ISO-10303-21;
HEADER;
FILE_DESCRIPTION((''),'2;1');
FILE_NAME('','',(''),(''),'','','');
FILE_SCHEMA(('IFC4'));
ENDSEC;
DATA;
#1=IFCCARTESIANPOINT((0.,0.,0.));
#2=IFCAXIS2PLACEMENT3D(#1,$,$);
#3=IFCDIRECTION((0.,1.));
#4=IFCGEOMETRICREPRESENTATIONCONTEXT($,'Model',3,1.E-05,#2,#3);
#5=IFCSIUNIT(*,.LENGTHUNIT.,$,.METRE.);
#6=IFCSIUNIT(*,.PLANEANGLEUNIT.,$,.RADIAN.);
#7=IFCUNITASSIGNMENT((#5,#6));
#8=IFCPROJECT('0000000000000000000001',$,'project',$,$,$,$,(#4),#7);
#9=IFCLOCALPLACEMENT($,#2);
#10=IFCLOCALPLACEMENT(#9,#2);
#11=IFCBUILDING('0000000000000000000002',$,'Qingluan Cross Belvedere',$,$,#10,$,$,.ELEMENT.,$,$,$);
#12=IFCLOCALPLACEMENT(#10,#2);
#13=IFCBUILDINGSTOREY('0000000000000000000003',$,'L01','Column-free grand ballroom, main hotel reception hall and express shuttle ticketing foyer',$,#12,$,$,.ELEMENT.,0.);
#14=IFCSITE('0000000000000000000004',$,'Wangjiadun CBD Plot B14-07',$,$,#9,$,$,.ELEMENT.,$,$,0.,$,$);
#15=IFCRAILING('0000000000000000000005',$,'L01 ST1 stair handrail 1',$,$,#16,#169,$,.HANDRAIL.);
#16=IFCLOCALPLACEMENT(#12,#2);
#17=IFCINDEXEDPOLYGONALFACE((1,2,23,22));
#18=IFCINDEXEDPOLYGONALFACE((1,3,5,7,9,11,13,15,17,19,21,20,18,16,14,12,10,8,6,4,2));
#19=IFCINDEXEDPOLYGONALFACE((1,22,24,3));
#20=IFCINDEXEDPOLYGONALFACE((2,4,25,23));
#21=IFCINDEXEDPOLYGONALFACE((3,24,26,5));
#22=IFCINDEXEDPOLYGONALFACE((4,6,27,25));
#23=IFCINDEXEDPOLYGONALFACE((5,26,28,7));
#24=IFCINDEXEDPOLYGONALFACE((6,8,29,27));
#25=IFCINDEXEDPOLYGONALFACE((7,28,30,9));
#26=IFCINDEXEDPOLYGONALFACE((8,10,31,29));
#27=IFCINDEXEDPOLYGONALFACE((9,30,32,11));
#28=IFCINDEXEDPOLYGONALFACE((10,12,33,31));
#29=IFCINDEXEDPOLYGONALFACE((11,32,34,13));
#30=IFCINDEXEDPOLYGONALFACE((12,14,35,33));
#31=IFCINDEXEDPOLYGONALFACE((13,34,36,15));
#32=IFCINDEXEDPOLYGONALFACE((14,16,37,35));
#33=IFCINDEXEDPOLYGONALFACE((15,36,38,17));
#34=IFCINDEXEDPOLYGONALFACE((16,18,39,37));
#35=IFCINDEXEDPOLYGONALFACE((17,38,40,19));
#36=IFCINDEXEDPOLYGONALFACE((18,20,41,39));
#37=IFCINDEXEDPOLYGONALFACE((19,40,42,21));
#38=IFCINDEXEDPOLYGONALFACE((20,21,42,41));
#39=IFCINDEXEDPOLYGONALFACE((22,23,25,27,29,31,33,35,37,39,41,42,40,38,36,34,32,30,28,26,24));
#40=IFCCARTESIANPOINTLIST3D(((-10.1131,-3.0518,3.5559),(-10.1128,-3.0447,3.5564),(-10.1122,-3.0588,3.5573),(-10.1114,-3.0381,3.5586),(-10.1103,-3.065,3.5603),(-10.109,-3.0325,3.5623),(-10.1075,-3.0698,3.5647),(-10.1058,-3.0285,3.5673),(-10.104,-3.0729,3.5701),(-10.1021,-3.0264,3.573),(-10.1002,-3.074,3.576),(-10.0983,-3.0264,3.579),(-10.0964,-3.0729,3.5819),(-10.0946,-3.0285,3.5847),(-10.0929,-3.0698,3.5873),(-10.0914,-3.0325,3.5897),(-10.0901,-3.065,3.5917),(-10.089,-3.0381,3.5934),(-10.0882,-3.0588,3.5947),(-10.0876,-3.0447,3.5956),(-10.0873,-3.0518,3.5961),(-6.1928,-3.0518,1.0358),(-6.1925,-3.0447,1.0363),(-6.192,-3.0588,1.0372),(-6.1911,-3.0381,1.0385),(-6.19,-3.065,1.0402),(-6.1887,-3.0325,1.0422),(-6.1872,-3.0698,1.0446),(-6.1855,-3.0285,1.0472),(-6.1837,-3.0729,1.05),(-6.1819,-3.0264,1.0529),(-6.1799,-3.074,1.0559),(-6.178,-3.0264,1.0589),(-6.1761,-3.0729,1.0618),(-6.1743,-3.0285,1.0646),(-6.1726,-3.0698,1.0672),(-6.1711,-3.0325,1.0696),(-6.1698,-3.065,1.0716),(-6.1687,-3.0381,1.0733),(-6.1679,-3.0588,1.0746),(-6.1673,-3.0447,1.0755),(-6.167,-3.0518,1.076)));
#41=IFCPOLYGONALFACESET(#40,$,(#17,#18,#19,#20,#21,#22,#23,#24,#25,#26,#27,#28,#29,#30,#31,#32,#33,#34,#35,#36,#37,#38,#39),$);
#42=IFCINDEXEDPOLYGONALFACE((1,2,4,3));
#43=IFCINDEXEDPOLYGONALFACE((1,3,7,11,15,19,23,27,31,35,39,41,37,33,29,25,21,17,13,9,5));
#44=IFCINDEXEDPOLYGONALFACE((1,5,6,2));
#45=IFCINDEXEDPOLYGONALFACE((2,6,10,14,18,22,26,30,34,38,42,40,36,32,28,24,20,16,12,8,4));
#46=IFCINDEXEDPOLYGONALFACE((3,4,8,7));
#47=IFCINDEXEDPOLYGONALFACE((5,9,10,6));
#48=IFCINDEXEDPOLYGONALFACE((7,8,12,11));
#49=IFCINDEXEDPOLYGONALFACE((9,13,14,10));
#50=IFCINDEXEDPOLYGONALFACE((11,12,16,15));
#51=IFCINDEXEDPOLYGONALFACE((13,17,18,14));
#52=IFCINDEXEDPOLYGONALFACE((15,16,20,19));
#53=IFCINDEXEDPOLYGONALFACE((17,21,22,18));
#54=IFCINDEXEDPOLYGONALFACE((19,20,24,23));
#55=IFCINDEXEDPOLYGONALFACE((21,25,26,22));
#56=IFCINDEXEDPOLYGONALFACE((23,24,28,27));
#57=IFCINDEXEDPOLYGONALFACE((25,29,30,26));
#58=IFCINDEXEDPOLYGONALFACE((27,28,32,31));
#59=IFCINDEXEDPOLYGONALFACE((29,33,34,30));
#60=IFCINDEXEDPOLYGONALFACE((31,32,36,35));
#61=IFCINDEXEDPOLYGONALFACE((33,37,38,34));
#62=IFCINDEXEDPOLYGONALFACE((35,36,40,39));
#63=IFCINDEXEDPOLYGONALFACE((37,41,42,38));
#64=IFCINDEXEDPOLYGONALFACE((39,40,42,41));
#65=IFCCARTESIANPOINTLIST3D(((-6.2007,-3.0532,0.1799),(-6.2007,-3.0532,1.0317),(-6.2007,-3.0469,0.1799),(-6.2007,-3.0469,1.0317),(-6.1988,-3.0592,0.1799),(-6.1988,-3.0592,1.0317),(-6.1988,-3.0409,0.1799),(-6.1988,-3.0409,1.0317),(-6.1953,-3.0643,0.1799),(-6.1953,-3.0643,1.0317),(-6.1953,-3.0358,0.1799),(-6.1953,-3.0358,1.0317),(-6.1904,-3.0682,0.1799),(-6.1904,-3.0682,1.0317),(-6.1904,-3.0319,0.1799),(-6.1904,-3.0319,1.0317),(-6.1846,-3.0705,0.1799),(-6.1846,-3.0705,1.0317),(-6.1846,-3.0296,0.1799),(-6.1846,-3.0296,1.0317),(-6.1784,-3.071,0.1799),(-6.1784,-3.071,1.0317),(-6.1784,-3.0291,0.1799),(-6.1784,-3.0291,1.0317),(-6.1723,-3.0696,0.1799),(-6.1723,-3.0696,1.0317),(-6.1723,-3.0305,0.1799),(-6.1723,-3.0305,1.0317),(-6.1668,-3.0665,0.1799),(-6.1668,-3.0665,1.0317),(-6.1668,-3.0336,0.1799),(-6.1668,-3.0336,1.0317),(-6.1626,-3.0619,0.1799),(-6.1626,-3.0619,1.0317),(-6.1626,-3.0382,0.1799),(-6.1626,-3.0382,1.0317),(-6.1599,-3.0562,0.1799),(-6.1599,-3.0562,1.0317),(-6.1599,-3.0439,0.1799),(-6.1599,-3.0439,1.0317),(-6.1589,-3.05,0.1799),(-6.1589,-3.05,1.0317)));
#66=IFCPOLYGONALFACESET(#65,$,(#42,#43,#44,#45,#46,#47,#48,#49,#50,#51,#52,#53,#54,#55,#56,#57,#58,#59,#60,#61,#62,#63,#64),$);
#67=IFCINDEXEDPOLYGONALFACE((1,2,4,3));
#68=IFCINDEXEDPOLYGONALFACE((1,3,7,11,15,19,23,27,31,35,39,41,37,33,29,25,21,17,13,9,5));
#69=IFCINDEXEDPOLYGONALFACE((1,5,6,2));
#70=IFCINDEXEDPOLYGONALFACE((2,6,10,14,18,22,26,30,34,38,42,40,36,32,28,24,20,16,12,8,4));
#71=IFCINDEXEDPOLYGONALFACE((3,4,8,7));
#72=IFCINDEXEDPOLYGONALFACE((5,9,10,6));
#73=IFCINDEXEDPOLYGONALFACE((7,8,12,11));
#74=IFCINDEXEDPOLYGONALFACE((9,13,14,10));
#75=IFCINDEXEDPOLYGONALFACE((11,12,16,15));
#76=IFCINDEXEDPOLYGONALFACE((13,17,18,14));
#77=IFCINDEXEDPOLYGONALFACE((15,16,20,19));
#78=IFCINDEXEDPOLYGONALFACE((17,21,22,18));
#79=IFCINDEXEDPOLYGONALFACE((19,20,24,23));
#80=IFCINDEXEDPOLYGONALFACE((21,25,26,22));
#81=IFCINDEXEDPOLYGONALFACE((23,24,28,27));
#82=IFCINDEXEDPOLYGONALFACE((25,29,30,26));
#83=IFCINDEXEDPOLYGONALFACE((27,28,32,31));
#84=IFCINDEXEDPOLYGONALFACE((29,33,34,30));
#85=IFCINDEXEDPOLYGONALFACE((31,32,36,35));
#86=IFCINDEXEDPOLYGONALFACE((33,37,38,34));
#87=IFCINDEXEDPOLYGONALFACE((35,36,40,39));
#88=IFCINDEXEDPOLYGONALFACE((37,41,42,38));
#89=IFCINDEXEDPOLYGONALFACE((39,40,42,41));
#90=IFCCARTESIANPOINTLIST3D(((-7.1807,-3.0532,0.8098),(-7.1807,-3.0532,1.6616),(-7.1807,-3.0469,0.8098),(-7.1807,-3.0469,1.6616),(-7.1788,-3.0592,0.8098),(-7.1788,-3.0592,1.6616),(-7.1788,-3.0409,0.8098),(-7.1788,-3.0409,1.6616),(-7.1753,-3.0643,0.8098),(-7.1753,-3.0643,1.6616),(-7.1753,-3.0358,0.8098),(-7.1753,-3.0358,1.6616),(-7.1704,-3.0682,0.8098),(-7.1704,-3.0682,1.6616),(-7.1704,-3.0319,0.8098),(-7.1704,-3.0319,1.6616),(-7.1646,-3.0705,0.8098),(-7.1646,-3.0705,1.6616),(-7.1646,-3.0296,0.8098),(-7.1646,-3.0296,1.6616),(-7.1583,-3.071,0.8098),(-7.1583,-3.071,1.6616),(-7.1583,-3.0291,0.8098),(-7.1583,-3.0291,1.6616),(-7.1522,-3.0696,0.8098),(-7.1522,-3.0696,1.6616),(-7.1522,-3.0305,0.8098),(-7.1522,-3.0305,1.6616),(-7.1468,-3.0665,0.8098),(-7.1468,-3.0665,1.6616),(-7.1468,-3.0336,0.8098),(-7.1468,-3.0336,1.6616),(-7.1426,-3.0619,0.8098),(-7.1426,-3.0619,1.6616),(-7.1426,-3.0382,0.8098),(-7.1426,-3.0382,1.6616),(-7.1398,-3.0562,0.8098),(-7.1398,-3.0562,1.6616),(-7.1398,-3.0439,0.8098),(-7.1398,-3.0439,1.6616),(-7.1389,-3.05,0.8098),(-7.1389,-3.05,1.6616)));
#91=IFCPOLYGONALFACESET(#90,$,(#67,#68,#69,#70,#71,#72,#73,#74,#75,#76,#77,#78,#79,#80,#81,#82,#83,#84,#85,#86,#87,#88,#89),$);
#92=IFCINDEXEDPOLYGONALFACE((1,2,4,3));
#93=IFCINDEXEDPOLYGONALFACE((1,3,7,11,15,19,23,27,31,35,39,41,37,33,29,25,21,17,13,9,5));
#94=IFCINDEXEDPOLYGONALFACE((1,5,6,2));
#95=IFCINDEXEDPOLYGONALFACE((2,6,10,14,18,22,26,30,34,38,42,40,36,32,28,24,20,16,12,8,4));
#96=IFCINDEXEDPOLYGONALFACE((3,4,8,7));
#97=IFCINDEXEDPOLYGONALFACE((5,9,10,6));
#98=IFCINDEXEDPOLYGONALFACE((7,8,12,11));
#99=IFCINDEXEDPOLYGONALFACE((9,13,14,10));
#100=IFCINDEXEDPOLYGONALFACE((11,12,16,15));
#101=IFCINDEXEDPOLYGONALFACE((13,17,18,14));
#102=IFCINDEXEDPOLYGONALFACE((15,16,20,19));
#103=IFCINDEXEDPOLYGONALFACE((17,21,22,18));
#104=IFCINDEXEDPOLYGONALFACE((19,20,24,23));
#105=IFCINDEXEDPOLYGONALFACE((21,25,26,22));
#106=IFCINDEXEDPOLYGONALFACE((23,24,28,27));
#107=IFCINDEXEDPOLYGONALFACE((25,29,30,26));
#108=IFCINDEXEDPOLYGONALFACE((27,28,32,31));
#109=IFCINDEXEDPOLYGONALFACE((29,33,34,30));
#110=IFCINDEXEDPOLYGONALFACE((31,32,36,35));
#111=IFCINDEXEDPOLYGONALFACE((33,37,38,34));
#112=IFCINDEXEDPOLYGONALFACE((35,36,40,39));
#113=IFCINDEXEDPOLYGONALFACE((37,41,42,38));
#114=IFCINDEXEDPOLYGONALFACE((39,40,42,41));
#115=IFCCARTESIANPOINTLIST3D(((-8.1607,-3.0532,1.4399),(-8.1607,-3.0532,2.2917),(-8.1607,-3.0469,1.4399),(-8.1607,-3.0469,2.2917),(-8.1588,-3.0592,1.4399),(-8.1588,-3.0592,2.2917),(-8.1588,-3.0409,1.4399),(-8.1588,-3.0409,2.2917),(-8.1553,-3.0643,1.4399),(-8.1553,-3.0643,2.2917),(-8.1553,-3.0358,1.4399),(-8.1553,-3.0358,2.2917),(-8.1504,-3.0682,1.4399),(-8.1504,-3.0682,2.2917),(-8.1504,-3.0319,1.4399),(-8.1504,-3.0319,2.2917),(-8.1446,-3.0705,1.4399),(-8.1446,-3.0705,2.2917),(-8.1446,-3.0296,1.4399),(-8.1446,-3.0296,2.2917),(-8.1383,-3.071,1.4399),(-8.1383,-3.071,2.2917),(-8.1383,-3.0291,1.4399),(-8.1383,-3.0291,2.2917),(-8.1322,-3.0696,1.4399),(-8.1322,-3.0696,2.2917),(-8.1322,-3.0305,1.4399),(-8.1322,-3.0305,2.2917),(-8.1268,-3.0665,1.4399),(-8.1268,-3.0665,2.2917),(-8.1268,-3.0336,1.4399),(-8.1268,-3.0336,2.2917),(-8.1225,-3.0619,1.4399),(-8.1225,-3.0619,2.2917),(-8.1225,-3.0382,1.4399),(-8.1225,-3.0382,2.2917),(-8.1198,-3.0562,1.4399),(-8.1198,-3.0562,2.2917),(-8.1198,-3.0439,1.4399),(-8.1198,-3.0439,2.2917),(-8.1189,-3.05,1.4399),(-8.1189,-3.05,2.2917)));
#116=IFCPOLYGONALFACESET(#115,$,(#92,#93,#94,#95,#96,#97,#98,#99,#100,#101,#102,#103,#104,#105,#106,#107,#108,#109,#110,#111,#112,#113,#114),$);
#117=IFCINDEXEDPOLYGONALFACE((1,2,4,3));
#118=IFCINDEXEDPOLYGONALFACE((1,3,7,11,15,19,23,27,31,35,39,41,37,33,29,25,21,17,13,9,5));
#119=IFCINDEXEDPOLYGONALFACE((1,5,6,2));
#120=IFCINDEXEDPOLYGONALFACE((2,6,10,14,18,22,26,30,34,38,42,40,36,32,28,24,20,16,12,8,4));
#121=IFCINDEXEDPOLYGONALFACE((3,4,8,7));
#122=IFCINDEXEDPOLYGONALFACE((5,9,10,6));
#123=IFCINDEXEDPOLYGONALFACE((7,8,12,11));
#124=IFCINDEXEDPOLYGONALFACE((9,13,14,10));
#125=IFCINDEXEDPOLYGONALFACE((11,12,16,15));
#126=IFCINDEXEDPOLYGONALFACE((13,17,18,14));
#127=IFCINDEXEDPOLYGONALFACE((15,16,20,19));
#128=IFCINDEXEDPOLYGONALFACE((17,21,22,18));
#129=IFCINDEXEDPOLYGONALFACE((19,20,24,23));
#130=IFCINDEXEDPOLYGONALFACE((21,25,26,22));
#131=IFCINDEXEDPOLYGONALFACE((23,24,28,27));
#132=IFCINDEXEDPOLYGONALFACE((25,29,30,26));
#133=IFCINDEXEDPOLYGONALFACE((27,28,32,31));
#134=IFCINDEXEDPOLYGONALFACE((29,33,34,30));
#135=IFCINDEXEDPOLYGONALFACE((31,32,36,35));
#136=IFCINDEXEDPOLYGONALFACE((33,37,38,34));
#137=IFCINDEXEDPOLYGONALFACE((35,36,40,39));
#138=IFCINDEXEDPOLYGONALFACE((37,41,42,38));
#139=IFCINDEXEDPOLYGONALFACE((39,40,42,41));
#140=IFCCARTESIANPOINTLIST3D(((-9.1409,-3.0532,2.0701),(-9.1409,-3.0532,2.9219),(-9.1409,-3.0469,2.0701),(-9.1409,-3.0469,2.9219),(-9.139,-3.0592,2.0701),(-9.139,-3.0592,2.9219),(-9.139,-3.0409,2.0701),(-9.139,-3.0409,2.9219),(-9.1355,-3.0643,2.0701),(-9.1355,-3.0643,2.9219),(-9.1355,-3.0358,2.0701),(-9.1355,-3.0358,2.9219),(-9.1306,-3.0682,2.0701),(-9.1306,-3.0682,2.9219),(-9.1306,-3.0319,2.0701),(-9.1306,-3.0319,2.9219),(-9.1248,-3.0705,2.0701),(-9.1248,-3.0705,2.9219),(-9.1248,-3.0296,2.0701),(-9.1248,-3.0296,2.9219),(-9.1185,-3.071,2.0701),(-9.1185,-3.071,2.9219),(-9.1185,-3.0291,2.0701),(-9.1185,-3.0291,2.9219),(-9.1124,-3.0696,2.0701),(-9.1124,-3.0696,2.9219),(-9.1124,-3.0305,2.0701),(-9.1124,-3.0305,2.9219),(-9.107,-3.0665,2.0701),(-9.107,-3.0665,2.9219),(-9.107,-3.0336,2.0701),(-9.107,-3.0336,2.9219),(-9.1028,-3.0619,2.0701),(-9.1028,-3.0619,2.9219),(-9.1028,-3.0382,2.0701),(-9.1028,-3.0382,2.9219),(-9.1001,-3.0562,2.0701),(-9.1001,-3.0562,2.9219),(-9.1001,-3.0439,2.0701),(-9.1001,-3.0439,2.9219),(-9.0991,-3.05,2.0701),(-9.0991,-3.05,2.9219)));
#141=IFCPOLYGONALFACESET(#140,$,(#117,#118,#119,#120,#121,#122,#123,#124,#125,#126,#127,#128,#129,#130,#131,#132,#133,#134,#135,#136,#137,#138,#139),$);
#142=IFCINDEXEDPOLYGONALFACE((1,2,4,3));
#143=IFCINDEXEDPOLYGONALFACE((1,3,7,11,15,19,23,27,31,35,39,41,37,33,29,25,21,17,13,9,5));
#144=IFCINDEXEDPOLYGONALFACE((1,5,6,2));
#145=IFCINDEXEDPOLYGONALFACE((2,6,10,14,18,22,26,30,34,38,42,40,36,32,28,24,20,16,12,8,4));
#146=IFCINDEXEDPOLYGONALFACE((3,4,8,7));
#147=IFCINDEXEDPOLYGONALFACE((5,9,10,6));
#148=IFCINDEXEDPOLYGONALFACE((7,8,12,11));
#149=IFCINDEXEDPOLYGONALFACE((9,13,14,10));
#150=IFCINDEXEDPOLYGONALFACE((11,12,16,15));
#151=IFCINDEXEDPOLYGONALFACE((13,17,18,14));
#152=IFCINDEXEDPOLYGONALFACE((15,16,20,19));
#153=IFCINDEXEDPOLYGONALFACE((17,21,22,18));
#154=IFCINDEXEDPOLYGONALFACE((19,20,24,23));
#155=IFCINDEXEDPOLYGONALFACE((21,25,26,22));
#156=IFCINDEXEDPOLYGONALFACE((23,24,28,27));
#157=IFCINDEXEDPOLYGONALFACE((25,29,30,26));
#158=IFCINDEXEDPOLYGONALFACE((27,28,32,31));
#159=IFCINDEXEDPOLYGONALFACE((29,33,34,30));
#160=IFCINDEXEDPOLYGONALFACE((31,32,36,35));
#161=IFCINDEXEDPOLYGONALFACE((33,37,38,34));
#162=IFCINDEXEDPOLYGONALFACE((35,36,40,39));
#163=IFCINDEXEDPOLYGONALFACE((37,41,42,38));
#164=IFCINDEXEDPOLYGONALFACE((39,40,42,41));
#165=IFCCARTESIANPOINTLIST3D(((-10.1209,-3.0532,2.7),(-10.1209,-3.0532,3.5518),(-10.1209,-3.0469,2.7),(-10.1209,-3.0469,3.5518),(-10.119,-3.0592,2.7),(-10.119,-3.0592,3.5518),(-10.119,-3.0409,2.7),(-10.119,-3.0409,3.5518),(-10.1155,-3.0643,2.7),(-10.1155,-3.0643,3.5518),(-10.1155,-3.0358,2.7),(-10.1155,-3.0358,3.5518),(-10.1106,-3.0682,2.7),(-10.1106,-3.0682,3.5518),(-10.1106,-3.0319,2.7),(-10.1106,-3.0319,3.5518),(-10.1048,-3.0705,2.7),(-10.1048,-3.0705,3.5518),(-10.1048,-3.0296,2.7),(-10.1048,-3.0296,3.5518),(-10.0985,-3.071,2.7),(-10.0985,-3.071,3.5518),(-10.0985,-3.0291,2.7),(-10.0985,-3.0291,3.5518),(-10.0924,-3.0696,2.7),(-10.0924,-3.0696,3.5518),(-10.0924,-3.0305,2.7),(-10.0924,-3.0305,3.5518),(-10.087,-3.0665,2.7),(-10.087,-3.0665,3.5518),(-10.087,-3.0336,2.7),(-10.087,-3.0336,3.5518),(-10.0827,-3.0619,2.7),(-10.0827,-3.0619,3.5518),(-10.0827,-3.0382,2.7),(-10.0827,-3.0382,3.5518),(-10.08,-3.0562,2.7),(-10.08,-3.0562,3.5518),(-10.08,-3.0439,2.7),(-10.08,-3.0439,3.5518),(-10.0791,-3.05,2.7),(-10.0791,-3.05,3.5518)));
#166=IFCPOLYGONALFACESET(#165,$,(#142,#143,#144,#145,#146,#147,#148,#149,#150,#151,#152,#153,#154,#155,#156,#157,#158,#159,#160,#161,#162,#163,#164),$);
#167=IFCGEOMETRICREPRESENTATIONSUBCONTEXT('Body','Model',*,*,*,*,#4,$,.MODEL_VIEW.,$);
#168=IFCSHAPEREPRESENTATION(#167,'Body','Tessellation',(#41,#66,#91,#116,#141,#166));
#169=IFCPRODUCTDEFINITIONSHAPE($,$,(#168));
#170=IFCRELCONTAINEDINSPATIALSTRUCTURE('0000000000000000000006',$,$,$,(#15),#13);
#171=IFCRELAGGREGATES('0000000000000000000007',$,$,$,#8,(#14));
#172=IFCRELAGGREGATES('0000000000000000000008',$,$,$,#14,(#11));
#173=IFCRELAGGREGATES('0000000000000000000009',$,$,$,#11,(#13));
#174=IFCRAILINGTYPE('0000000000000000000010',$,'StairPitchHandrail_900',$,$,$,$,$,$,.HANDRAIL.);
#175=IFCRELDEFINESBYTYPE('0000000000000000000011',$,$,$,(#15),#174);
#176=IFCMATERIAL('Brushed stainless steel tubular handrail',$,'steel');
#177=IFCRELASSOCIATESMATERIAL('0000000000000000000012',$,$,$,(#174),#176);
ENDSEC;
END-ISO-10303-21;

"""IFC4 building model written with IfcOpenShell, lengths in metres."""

from ifc_helpers import new_model, si_unit, direction, frame, origin, origin_2d, place, context, subcontext, project, spatial, circle, extrude, material, type_object, element, save


model = new_model("IFC4")

# Units and contexts
model_context = context("Model", 3, precision=1e-05, world=origin(), true_north=direction((0.0, 1.0)))
body_context = subcontext(model_context, "Body", "Model", "MODEL_VIEW")
ifc_project = project(units=[si_unit("LENGTHUNIT", "METRE"), si_unit("PLANEANGLEUNIT", "RADIAN")], contexts=[model_context])

# Site, building, storey
site_placement = place(None, origin())
site = spatial("IfcSite", under=ifc_project, at=site_placement, Name="Wangjiadun CBD Plot B14-07", CompositionType="ELEMENT", RefElevation=0.0)
building_placement = place(site_placement, origin())
building = spatial("IfcBuilding", under=site, at=building_placement, Name="Qingluan Cross Belvedere", CompositionType="ELEMENT")
storey_placement = place(building_placement, origin())
storey = spatial("IfcBuildingStorey", under=building, at=storey_placement, Name="L01", Description="Column-free grand ballroom, main hotel reception hall and express shuttle ticketing foyer", CompositionType="ELEMENT", Elevation=0.0)

# Railing
ifc_material_1 = material(Name="Brushed stainless steel tubular handrail", Category="steel")
railing_type_1 = type_object("IfcRailingType", Name="StairPitchHandrail_900", PredefinedType="HANDRAIL", material=ifc_material_1)
railing_1_placement = place(storey_placement, frame((-6.1799, -3.05, 0.1799)))
element("IfcRailing", 1, at=railing_1_placement, inside=storey, type_object=railing_type_1, Name="L01 ST1 stair handrail 1", PredefinedType="HANDRAIL", context=body_context, shape_type="SweptSolid", body=[
    extrude(circle(Radius=0.0239, at=origin_2d()), frame((0.0, 0.0, 0.876), z_axis=(-0.841187, 0.0, 0.540744), x_axis=(0.0, -1.0, 0.0)), (0.0, 0.0, 1.0), 4.6604),
    extrude(circle(Radius=0.021, at=origin_2d()), origin(), (0.0, 0.0, 1.0), 0.8518),
    extrude(circle(Radius=0.021, at=origin_2d()), frame((-0.98, 0.0, 0.6299)), (0.0, 0.0, 1.0), 0.8518),
    extrude(circle(Radius=0.021, at=origin_2d()), frame((-1.96, 0.0, 1.26)), (0.0, 0.0, 1.0), 0.8518),
    extrude(circle(Radius=0.021, at=origin_2d()), frame((-2.9402, 0.0, 1.8901)), (0.0, 0.0, 1.0), 0.8518),
    extrude(circle(Radius=0.021, at=origin_2d()), frame((-3.9202, 0.0, 2.52)), (0.0, 0.0, 1.0), 0.8518),
])

save(model, "model.ifc")
